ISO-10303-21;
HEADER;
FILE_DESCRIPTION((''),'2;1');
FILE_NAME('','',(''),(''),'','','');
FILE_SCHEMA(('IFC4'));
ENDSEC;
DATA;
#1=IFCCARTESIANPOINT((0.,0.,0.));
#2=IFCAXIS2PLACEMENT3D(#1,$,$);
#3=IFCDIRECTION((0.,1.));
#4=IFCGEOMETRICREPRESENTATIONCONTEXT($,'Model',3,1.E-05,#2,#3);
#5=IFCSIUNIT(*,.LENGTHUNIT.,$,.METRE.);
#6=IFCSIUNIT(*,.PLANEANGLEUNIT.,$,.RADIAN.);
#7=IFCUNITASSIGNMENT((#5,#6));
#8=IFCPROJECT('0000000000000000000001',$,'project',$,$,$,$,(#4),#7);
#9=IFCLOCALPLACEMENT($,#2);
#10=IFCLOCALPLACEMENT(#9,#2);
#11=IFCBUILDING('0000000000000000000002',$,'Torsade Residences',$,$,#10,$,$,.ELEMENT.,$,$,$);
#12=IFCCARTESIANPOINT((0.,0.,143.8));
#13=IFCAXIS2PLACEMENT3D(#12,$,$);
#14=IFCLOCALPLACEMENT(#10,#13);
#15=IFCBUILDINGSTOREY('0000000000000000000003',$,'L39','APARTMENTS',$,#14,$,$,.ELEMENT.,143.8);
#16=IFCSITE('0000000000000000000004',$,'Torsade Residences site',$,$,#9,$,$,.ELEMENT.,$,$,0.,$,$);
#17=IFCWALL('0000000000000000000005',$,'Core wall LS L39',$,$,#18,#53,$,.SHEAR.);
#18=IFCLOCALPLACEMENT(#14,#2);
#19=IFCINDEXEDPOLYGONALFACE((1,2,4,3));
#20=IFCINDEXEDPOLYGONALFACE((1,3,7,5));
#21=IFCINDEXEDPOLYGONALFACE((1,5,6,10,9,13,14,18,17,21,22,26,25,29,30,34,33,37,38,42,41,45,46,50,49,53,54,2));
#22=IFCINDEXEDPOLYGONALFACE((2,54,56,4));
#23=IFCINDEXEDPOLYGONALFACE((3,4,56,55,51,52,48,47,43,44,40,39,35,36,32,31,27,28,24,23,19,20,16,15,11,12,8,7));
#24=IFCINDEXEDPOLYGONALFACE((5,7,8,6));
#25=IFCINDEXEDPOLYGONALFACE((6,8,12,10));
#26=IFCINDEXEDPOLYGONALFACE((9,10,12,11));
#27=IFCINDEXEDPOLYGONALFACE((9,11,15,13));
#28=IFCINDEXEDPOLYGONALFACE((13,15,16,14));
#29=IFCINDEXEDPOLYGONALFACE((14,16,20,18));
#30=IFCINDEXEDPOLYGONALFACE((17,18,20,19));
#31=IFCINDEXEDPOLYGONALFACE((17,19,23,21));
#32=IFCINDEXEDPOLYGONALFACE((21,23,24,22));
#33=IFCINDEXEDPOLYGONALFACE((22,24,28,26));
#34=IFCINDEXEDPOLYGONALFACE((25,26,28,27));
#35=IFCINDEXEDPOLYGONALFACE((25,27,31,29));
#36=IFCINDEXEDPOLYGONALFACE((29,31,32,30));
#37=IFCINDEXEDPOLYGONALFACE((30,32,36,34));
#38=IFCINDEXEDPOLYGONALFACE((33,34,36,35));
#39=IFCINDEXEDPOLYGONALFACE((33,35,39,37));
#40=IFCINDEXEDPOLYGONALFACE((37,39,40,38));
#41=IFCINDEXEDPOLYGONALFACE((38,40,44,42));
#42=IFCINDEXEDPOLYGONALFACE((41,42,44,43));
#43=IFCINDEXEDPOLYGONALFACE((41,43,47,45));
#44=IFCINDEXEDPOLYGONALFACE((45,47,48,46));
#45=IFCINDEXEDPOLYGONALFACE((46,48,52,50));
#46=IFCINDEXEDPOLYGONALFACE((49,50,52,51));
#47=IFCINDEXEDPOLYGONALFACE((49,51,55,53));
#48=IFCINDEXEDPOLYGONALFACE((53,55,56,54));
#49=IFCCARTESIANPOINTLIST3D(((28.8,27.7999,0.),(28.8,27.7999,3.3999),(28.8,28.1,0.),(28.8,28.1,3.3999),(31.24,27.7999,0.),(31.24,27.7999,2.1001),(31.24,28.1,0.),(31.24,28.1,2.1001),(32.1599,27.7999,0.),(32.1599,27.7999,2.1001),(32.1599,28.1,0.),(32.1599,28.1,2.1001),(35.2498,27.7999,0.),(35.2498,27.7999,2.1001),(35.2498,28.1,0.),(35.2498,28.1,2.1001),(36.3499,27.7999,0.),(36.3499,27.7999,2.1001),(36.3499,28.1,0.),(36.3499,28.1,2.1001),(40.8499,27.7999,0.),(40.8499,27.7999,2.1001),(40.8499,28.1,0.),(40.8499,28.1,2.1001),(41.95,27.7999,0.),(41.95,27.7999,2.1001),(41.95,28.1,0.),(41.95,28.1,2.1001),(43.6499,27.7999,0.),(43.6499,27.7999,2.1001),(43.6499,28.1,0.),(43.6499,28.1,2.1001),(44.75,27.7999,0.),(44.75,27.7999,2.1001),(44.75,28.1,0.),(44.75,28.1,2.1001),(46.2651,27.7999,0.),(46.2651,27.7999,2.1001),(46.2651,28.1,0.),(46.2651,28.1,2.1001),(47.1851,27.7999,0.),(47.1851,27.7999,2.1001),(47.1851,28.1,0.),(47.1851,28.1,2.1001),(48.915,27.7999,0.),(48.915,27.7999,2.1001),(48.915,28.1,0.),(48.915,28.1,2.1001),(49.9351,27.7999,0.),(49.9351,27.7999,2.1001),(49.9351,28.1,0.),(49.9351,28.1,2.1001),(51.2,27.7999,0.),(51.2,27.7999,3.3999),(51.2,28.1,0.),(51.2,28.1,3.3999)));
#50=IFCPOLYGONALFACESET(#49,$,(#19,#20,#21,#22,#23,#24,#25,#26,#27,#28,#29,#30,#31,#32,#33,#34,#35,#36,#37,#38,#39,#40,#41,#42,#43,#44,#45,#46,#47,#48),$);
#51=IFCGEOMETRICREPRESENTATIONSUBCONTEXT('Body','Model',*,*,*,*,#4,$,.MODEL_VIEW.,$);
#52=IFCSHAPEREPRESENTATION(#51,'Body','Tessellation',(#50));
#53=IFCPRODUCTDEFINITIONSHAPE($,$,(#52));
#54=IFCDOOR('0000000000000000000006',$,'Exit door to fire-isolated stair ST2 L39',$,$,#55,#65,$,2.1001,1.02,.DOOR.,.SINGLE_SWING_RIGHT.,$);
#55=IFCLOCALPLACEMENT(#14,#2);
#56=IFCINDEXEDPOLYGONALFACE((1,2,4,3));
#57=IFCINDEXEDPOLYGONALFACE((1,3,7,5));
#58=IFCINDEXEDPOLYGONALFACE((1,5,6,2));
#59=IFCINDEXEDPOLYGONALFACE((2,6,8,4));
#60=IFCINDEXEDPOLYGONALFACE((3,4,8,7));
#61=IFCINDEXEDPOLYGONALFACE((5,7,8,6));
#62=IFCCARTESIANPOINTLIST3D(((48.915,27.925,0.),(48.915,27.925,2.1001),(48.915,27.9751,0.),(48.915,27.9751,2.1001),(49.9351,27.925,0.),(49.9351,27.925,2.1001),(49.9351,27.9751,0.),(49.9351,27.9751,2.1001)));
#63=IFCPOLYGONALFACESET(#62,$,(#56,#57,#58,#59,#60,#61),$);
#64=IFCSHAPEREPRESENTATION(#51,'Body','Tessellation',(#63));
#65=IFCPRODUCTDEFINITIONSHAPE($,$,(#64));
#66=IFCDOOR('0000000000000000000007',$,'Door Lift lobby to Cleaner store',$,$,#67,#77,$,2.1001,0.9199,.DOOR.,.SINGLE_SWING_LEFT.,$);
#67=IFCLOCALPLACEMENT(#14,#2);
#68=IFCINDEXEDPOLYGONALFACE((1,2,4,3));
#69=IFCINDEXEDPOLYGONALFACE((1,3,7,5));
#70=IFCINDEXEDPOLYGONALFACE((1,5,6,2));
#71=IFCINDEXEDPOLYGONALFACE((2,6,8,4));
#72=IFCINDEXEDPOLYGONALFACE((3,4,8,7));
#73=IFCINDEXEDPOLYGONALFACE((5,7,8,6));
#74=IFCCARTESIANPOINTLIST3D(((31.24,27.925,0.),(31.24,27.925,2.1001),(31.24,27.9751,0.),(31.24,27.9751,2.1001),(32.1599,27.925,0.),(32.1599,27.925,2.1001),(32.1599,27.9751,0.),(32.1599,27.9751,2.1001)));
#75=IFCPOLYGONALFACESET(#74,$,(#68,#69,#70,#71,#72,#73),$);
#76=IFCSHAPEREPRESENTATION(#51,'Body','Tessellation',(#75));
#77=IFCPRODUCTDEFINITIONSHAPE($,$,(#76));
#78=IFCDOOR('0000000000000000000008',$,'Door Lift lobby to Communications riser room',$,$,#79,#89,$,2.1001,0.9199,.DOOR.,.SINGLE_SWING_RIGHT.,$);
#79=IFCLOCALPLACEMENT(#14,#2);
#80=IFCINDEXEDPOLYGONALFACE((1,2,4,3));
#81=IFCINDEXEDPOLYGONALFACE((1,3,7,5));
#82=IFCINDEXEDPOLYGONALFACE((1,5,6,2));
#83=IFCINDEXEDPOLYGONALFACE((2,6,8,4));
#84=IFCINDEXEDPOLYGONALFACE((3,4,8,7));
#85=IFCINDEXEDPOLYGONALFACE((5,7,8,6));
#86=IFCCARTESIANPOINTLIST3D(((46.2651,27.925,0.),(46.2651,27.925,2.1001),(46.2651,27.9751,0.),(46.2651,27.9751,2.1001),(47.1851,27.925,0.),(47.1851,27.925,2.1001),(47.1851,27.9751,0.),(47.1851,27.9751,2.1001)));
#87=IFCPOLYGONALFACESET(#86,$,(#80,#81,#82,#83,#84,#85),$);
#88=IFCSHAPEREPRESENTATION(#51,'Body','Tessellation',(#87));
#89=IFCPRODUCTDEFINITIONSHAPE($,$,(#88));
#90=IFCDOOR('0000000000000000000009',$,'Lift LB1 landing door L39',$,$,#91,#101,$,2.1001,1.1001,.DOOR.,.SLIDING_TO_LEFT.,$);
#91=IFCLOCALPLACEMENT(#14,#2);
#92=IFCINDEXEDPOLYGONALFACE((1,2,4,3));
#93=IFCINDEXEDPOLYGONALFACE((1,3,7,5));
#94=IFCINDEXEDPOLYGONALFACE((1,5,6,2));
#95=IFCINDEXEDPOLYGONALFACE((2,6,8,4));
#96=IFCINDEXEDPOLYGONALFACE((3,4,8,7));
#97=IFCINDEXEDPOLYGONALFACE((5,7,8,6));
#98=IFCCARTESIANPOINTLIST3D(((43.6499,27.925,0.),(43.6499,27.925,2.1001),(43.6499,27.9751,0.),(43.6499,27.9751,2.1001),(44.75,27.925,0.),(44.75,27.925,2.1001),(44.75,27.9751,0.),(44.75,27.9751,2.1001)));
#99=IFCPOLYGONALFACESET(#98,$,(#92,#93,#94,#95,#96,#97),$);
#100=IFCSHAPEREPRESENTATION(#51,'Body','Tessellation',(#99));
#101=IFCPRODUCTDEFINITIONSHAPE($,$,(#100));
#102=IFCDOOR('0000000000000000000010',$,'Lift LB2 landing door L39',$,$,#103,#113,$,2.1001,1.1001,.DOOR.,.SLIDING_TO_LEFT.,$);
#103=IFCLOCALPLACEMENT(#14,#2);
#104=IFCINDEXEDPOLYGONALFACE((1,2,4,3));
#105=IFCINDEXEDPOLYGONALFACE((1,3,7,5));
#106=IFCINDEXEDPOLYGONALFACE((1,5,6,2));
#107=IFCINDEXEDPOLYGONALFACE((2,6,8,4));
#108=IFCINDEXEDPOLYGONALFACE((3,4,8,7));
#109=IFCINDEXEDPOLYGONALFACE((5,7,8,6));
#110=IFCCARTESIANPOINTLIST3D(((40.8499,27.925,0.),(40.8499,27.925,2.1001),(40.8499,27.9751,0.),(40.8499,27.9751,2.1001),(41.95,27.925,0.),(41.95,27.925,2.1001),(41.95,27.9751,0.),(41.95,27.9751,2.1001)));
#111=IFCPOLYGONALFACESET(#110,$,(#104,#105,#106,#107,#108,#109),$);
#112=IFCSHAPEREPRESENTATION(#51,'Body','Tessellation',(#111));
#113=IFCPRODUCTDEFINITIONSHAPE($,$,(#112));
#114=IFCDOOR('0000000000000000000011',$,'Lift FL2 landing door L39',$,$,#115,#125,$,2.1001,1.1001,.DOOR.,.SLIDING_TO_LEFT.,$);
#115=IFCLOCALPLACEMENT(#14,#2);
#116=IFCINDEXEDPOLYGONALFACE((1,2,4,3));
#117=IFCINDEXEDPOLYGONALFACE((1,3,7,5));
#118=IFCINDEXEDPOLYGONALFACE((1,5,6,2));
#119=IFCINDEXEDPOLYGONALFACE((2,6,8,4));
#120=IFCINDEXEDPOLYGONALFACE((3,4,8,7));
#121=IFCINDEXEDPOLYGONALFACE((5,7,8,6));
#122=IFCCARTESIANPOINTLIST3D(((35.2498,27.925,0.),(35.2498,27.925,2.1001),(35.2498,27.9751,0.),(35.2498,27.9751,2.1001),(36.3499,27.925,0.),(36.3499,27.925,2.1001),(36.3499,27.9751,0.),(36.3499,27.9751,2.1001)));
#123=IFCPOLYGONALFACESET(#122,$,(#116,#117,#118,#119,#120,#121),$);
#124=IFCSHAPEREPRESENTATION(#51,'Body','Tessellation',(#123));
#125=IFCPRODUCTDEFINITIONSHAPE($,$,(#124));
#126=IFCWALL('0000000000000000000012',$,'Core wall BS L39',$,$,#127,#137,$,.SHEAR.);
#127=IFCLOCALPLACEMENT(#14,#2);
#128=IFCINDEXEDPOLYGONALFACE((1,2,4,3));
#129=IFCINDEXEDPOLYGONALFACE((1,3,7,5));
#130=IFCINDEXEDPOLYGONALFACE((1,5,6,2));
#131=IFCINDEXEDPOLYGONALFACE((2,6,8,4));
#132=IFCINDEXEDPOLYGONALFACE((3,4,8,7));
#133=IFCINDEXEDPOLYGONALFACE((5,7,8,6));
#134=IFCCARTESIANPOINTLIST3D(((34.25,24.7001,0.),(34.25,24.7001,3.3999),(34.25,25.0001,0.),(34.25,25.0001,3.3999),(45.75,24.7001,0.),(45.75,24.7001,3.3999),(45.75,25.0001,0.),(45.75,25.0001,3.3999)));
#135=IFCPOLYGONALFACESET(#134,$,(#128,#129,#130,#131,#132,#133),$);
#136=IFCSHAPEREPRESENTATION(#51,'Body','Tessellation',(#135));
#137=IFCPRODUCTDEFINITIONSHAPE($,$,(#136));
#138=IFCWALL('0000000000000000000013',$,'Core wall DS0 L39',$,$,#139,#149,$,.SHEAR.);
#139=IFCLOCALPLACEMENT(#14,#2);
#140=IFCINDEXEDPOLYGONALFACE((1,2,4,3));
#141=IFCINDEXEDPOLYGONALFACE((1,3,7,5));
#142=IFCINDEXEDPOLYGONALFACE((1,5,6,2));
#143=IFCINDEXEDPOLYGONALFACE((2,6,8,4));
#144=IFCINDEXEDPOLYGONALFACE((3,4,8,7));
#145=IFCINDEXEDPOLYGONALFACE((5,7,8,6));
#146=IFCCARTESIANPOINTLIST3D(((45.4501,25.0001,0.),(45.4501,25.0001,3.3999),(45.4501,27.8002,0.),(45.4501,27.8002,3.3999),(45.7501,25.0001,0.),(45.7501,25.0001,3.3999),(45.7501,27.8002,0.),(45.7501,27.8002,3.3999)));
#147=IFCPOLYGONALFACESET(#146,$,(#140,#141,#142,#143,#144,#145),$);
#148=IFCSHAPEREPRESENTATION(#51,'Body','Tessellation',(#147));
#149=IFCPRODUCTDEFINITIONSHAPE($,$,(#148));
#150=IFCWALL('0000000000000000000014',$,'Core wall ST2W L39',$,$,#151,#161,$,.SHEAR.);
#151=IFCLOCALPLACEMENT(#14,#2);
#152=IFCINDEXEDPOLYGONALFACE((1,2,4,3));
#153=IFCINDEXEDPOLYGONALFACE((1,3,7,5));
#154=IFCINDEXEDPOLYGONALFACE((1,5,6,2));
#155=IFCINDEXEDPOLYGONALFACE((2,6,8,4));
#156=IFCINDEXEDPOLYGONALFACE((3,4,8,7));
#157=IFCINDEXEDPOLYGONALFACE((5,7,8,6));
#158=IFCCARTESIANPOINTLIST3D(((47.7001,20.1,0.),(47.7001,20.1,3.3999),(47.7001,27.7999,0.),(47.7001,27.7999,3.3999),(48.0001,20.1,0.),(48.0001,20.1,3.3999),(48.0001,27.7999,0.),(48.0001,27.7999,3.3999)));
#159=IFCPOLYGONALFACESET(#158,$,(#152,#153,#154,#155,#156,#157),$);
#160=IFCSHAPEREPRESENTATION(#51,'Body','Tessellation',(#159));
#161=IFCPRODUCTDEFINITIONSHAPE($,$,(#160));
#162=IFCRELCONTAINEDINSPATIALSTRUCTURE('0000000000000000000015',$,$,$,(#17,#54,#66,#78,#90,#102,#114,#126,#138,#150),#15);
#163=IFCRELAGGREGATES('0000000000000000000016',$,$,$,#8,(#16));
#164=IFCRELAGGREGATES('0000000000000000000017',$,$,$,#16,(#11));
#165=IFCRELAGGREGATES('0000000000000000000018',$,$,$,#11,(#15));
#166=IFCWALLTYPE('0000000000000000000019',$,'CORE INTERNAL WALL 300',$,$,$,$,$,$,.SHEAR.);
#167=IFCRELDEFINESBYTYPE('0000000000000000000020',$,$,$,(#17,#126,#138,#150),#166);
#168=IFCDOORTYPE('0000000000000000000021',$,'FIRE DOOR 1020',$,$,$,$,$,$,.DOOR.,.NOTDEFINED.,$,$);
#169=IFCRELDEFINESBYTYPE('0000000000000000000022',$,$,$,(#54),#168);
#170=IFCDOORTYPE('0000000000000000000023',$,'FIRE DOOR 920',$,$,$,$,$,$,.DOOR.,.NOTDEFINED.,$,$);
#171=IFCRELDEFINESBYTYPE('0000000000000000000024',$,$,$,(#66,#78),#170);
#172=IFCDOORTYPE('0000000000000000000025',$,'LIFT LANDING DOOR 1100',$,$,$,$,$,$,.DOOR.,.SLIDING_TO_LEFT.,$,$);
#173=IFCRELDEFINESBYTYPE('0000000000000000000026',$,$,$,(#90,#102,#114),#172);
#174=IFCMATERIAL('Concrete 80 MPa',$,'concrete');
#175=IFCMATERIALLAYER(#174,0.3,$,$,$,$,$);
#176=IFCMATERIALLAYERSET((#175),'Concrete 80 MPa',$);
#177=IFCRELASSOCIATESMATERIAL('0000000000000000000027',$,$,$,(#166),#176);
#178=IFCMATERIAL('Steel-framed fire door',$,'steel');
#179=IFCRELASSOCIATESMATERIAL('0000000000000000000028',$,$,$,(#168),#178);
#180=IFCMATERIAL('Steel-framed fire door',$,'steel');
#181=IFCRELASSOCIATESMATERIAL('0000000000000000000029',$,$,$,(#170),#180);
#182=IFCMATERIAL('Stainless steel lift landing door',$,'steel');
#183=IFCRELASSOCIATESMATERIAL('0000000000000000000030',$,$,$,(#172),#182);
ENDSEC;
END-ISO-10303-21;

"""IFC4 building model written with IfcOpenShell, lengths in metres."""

from ifc_helpers import new_model, si_unit, direction, frame, frame_2d, origin, place, context, subcontext, project, spatial, rectangle, extrude, material, layer, layer_set, type_object, element, fill, save


model = new_model("IFC4")

# Units and contexts
model_context = context("Model", 3, precision=1e-05, world=origin(), true_north=direction((0.0, 1.0)))
body_context = subcontext(model_context, "Body", "Model", "MODEL_VIEW")
ifc_project = project(units=[si_unit("LENGTHUNIT", "METRE"), si_unit("PLANEANGLEUNIT", "RADIAN")], contexts=[model_context])

# Site, building, storey
site_placement = place(None, origin())
site = spatial("IfcSite", under=ifc_project, at=site_placement, Name="Torsade Residences site", CompositionType="ELEMENT", RefElevation=0.0)
building_placement = place(site_placement, origin())
building = spatial("IfcBuilding", under=site, at=building_placement, Name="Torsade Residences", CompositionType="ELEMENT")
storey_placement = place(building_placement, frame((0.0, 0.0, 143.8)))
storey = spatial("IfcBuildingStorey", under=building, at=storey_placement, Name="L39", Description="APARTMENTS", CompositionType="ELEMENT", Elevation=143.8)

# Wall, openings, doors
ifc_material_1 = material(Name="Concrete 80 MPa", Category="concrete")
ifc_layer_1 = layer(ifc_material_1, 0.3)
ifc_layer_set_1 = layer_set([ifc_layer_1], Name="Concrete 80 MPa")
wall_type_1 = type_object("IfcWallType", Name="CORE INTERNAL WALL 300", PredefinedType="SHEAR", material=ifc_layer_set_1)
wall_1_placement = place(storey_placement, frame((51.2, 27.95, 0.0), z_axis=(0.0, 0.0, 1.0), x_axis=(-1.0, 0.0, 0.0)))
wall_1 = element("IfcWall", 1, at=wall_1_placement, inside=storey, type_object=wall_type_1, Name="Core wall LS L39", PredefinedType="SHEAR", context=body_context, shape_type="SweptSolid", body=[
    extrude(rectangle(XDim=22.3999, YDim=0.3, at=frame_2d((11.2, 0.0))), origin(), (0.0, 0.0, 1.0), 3.3999),
])
opening_1_placement = place(wall_1_placement, frame((19.04, 0.0, 0.0)))
opening_1 = element("IfcOpeningElement", 2, at=opening_1_placement, cuts=wall_1, PredefinedType="OPENING", context=body_context, shape_type="SweptSolid", body=[
    extrude(rectangle(XDim=0.9199, YDim=2.1001, at=frame_2d((0.46, 1.05))), frame((0.0, 0.1599, 0.0), z_axis=(0.0, -1.0, 0.0), x_axis=(1.0, 0.0, 0.0)), (0.0, 0.0, 1.0), 0.3201),
])
opening_2_placement = place(wall_1_placement, frame((1.2649, 0.0, 0.0)))
opening_2 = element("IfcOpeningElement", 3, at=opening_2_placement, cuts=wall_1, PredefinedType="OPENING", context=body_context, shape_type="SweptSolid", body=[
    extrude(rectangle(XDim=1.02, YDim=2.1001, at=frame_2d((0.51, 1.05))), frame((0.0, 0.1599, 0.0), z_axis=(0.0, -1.0, 0.0), x_axis=(1.0, 0.0, 0.0)), (0.0, 0.0, 1.0), 0.3201),
])
opening_3_placement = place(wall_1_placement, frame((4.0149, 0.0, 0.0)))
opening_3 = element("IfcOpeningElement", 4, at=opening_3_placement, cuts=wall_1, PredefinedType="OPENING", context=body_context, shape_type="SweptSolid", body=[
    extrude(rectangle(XDim=0.9199, YDim=2.1001, at=frame_2d((0.46, 1.05))), frame((0.0, 0.1599, 0.0), z_axis=(0.0, -1.0, 0.0), x_axis=(1.0, 0.0, 0.0)), (0.0, 0.0, 1.0), 0.3201),
])
opening_4_placement = place(wall_1_placement, frame((6.45, 0.0, 0.0)))
opening_4 = element("IfcOpeningElement", 5, at=opening_4_placement, cuts=wall_1, PredefinedType="OPENING", context=body_context, shape_type="SweptSolid", body=[
    extrude(rectangle(XDim=1.1001, YDim=2.1001, at=frame_2d((0.55, 1.05))), frame((0.0, 0.1599, 0.0), z_axis=(0.0, -1.0, 0.0), x_axis=(1.0, 0.0, 0.0)), (0.0, 0.0, 1.0), 0.3201),
])
opening_5_placement = place(wall_1_placement, frame((9.25, 0.0, 0.0)))
opening_5 = element("IfcOpeningElement", 6, at=opening_5_placement, cuts=wall_1, PredefinedType="OPENING", context=body_context, shape_type="SweptSolid", body=[
    extrude(rectangle(XDim=1.1001, YDim=2.1001, at=frame_2d((0.55, 1.05))), frame((0.0, 0.1599, 0.0), z_axis=(0.0, -1.0, 0.0), x_axis=(1.0, 0.0, 0.0)), (0.0, 0.0, 1.0), 0.3201),
])
opening_6_placement = place(wall_1_placement, frame((14.8501, 0.0, 0.0)))
opening_6 = element("IfcOpeningElement", 7, at=opening_6_placement, cuts=wall_1, PredefinedType="OPENING", context=body_context, shape_type="SweptSolid", body=[
    extrude(rectangle(XDim=1.1001, YDim=2.1001, at=frame_2d((0.55, 1.05))), frame((0.0, 0.1599, 0.0), z_axis=(0.0, -1.0, 0.0), x_axis=(1.0, 0.0, 0.0)), (0.0, 0.0, 1.0), 0.3201),
])
ifc_material_2 = material(Name="Steel-framed fire door", Category="steel")
door_type_1 = type_object("IfcDoorType", Name="FIRE DOOR 1020", OperationType="NOTDEFINED", PredefinedType="DOOR", material=ifc_material_2)
door_1_placement = place(opening_2_placement, origin())
door_1 = element("IfcDoor", 8, at=door_1_placement, inside=storey, type_object=door_type_1, Name="Exit door to fire-isolated stair ST2 L39", OperationType="SINGLE_SWING_RIGHT", OverallHeight=2.1001, OverallWidth=1.02, PredefinedType="DOOR", context=body_context, shape_type="SweptSolid", body=[
    extrude(rectangle(XDim=1.02, YDim=2.1001, at=frame_2d((0.51, 1.05))), frame((0.0, 0.0249, 0.0), z_axis=(0.0, -1.0, 0.0), x_axis=(1.0, 0.0, 0.0)), (0.0, 0.0, 1.0), 0.05),
])
fill(opening_2, door_1)
ifc_material_3 = material(Name="Steel-framed fire door", Category="steel")
door_type_2 = type_object("IfcDoorType", Name="FIRE DOOR 920", OperationType="NOTDEFINED", PredefinedType="DOOR", material=ifc_material_3)
door_2_placement = place(opening_1_placement, origin())
door_2 = element("IfcDoor", 9, at=door_2_placement, inside=storey, type_object=door_type_2, Name="Door Lift lobby to Cleaner store", OperationType="SINGLE_SWING_LEFT", OverallHeight=2.1001, OverallWidth=0.9199, PredefinedType="DOOR", context=body_context, shape_type="SweptSolid", body=[
    extrude(rectangle(XDim=0.9199, YDim=2.1001, at=frame_2d((0.46, 1.05))), frame((0.0, 0.0249, 0.0), z_axis=(0.0, -1.0, 0.0), x_axis=(1.0, 0.0, 0.0)), (0.0, 0.0, 1.0), 0.05),
])
fill(opening_1, door_2)
door_3_placement = place(opening_3_placement, origin())
door_3 = element("IfcDoor", 10, at=door_3_placement, inside=storey, type_object=door_type_2, Name="Door Lift lobby to Communications riser room", OperationType="SINGLE_SWING_RIGHT", OverallHeight=2.1001, OverallWidth=0.9199, PredefinedType="DOOR", context=body_context, shape_type="SweptSolid", body=[
    extrude(rectangle(XDim=0.9199, YDim=2.1001, at=frame_2d((0.46, 1.05))), frame((0.0, 0.0249, 0.0), z_axis=(0.0, -1.0, 0.0), x_axis=(1.0, 0.0, 0.0)), (0.0, 0.0, 1.0), 0.05),
])
fill(opening_3, door_3)
ifc_material_4 = material(Name="Stainless steel lift landing door", Category="steel")
door_type_3 = type_object("IfcDoorType", Name="LIFT LANDING DOOR 1100", OperationType="SLIDING_TO_LEFT", PredefinedType="DOOR", material=ifc_material_4)
door_4_placement = place(opening_4_placement, origin())
door_4 = element("IfcDoor", 11, at=door_4_placement, inside=storey, type_object=door_type_3, Name="Lift LB1 landing door L39", OperationType="SLIDING_TO_LEFT", OverallHeight=2.1001, OverallWidth=1.1001, PredefinedType="DOOR", context=body_context, shape_type="SweptSolid", body=[
    extrude(rectangle(XDim=1.1001, YDim=2.1001, at=frame_2d((0.55, 1.05))), frame((0.0, 0.0249, 0.0), z_axis=(0.0, -1.0, 0.0), x_axis=(1.0, 0.0, 0.0)), (0.0, 0.0, 1.0), 0.05),
])
fill(opening_4, door_4)
door_5_placement = place(opening_5_placement, origin())
door_5 = element("IfcDoor", 12, at=door_5_placement, inside=storey, type_object=door_type_3, Name="Lift LB2 landing door L39", OperationType="SLIDING_TO_LEFT", OverallHeight=2.1001, OverallWidth=1.1001, PredefinedType="DOOR", context=body_context, shape_type="SweptSolid", body=[
    extrude(rectangle(XDim=1.1001, YDim=2.1001, at=frame_2d((0.55, 1.05))), frame((0.0, 0.0249, 0.0), z_axis=(0.0, -1.0, 0.0), x_axis=(1.0, 0.0, 0.0)), (0.0, 0.0, 1.0), 0.05),
])
fill(opening_5, door_5)
door_6_placement = place(opening_6_placement, origin())
door_6 = element("IfcDoor", 13, at=door_6_placement, inside=storey, type_object=door_type_3, Name="Lift FL2 landing door L39", OperationType="SLIDING_TO_LEFT", OverallHeight=2.1001, OverallWidth=1.1001, PredefinedType="DOOR", context=body_context, shape_type="SweptSolid", body=[
    extrude(rectangle(XDim=1.1001, YDim=2.1001, at=frame_2d((0.55, 1.05))), frame((0.0, 0.0249, 0.0), z_axis=(0.0, -1.0, 0.0), x_axis=(1.0, 0.0, 0.0)), (0.0, 0.0, 1.0), 0.05),
])
fill(opening_6, door_6)

# Walls
wall_2_placement = place(storey_placement, frame((45.75, 24.8501, 0.0), z_axis=(0.0, 0.0, 1.0), x_axis=(-1.0, 0.0, 0.0)))
element("IfcWall", 14, at=wall_2_placement, inside=storey, type_object=wall_type_1, Name="Core wall BS L39", PredefinedType="SHEAR", context=body_context, shape_type="SweptSolid", body=[
    extrude(rectangle(XDim=11.5, YDim=0.3, at=frame_2d((5.75, 0.0))), origin(), (0.0, 0.0, 1.0), 3.3999),
])
wall_3_placement = place(storey_placement, frame((45.6001, 27.8, 0.0), z_axis=(0.0, 0.0, 1.0), x_axis=(0.0, -1.0, 0.0)))
element("IfcWall", 15, at=wall_3_placement, inside=storey, type_object=wall_type_1, Name="Core wall DS0 L39", PredefinedType="SHEAR", context=body_context, shape_type="SweptSolid", body=[
    extrude(rectangle(XDim=2.8, YDim=0.3, at=frame_2d((1.3999, 0.0))), origin(), (0.0, 0.0, 1.0), 3.3999),
])
wall_4_placement = place(storey_placement, frame((47.8501, 27.8, 0.0), z_axis=(0.0, 0.0, 1.0), x_axis=(0.0, -1.0, 0.0)))
element("IfcWall", 16, at=wall_4_placement, inside=storey, type_object=wall_type_1, Name="Core wall ST2W L39", PredefinedType="SHEAR", context=body_context, shape_type="SweptSolid", body=[
    extrude(rectangle(XDim=7.7, YDim=0.3, at=frame_2d((3.8501, 0.0))), origin(), (0.0, 0.0, 1.0), 3.3999),
])

save(model, "model.ifc")
